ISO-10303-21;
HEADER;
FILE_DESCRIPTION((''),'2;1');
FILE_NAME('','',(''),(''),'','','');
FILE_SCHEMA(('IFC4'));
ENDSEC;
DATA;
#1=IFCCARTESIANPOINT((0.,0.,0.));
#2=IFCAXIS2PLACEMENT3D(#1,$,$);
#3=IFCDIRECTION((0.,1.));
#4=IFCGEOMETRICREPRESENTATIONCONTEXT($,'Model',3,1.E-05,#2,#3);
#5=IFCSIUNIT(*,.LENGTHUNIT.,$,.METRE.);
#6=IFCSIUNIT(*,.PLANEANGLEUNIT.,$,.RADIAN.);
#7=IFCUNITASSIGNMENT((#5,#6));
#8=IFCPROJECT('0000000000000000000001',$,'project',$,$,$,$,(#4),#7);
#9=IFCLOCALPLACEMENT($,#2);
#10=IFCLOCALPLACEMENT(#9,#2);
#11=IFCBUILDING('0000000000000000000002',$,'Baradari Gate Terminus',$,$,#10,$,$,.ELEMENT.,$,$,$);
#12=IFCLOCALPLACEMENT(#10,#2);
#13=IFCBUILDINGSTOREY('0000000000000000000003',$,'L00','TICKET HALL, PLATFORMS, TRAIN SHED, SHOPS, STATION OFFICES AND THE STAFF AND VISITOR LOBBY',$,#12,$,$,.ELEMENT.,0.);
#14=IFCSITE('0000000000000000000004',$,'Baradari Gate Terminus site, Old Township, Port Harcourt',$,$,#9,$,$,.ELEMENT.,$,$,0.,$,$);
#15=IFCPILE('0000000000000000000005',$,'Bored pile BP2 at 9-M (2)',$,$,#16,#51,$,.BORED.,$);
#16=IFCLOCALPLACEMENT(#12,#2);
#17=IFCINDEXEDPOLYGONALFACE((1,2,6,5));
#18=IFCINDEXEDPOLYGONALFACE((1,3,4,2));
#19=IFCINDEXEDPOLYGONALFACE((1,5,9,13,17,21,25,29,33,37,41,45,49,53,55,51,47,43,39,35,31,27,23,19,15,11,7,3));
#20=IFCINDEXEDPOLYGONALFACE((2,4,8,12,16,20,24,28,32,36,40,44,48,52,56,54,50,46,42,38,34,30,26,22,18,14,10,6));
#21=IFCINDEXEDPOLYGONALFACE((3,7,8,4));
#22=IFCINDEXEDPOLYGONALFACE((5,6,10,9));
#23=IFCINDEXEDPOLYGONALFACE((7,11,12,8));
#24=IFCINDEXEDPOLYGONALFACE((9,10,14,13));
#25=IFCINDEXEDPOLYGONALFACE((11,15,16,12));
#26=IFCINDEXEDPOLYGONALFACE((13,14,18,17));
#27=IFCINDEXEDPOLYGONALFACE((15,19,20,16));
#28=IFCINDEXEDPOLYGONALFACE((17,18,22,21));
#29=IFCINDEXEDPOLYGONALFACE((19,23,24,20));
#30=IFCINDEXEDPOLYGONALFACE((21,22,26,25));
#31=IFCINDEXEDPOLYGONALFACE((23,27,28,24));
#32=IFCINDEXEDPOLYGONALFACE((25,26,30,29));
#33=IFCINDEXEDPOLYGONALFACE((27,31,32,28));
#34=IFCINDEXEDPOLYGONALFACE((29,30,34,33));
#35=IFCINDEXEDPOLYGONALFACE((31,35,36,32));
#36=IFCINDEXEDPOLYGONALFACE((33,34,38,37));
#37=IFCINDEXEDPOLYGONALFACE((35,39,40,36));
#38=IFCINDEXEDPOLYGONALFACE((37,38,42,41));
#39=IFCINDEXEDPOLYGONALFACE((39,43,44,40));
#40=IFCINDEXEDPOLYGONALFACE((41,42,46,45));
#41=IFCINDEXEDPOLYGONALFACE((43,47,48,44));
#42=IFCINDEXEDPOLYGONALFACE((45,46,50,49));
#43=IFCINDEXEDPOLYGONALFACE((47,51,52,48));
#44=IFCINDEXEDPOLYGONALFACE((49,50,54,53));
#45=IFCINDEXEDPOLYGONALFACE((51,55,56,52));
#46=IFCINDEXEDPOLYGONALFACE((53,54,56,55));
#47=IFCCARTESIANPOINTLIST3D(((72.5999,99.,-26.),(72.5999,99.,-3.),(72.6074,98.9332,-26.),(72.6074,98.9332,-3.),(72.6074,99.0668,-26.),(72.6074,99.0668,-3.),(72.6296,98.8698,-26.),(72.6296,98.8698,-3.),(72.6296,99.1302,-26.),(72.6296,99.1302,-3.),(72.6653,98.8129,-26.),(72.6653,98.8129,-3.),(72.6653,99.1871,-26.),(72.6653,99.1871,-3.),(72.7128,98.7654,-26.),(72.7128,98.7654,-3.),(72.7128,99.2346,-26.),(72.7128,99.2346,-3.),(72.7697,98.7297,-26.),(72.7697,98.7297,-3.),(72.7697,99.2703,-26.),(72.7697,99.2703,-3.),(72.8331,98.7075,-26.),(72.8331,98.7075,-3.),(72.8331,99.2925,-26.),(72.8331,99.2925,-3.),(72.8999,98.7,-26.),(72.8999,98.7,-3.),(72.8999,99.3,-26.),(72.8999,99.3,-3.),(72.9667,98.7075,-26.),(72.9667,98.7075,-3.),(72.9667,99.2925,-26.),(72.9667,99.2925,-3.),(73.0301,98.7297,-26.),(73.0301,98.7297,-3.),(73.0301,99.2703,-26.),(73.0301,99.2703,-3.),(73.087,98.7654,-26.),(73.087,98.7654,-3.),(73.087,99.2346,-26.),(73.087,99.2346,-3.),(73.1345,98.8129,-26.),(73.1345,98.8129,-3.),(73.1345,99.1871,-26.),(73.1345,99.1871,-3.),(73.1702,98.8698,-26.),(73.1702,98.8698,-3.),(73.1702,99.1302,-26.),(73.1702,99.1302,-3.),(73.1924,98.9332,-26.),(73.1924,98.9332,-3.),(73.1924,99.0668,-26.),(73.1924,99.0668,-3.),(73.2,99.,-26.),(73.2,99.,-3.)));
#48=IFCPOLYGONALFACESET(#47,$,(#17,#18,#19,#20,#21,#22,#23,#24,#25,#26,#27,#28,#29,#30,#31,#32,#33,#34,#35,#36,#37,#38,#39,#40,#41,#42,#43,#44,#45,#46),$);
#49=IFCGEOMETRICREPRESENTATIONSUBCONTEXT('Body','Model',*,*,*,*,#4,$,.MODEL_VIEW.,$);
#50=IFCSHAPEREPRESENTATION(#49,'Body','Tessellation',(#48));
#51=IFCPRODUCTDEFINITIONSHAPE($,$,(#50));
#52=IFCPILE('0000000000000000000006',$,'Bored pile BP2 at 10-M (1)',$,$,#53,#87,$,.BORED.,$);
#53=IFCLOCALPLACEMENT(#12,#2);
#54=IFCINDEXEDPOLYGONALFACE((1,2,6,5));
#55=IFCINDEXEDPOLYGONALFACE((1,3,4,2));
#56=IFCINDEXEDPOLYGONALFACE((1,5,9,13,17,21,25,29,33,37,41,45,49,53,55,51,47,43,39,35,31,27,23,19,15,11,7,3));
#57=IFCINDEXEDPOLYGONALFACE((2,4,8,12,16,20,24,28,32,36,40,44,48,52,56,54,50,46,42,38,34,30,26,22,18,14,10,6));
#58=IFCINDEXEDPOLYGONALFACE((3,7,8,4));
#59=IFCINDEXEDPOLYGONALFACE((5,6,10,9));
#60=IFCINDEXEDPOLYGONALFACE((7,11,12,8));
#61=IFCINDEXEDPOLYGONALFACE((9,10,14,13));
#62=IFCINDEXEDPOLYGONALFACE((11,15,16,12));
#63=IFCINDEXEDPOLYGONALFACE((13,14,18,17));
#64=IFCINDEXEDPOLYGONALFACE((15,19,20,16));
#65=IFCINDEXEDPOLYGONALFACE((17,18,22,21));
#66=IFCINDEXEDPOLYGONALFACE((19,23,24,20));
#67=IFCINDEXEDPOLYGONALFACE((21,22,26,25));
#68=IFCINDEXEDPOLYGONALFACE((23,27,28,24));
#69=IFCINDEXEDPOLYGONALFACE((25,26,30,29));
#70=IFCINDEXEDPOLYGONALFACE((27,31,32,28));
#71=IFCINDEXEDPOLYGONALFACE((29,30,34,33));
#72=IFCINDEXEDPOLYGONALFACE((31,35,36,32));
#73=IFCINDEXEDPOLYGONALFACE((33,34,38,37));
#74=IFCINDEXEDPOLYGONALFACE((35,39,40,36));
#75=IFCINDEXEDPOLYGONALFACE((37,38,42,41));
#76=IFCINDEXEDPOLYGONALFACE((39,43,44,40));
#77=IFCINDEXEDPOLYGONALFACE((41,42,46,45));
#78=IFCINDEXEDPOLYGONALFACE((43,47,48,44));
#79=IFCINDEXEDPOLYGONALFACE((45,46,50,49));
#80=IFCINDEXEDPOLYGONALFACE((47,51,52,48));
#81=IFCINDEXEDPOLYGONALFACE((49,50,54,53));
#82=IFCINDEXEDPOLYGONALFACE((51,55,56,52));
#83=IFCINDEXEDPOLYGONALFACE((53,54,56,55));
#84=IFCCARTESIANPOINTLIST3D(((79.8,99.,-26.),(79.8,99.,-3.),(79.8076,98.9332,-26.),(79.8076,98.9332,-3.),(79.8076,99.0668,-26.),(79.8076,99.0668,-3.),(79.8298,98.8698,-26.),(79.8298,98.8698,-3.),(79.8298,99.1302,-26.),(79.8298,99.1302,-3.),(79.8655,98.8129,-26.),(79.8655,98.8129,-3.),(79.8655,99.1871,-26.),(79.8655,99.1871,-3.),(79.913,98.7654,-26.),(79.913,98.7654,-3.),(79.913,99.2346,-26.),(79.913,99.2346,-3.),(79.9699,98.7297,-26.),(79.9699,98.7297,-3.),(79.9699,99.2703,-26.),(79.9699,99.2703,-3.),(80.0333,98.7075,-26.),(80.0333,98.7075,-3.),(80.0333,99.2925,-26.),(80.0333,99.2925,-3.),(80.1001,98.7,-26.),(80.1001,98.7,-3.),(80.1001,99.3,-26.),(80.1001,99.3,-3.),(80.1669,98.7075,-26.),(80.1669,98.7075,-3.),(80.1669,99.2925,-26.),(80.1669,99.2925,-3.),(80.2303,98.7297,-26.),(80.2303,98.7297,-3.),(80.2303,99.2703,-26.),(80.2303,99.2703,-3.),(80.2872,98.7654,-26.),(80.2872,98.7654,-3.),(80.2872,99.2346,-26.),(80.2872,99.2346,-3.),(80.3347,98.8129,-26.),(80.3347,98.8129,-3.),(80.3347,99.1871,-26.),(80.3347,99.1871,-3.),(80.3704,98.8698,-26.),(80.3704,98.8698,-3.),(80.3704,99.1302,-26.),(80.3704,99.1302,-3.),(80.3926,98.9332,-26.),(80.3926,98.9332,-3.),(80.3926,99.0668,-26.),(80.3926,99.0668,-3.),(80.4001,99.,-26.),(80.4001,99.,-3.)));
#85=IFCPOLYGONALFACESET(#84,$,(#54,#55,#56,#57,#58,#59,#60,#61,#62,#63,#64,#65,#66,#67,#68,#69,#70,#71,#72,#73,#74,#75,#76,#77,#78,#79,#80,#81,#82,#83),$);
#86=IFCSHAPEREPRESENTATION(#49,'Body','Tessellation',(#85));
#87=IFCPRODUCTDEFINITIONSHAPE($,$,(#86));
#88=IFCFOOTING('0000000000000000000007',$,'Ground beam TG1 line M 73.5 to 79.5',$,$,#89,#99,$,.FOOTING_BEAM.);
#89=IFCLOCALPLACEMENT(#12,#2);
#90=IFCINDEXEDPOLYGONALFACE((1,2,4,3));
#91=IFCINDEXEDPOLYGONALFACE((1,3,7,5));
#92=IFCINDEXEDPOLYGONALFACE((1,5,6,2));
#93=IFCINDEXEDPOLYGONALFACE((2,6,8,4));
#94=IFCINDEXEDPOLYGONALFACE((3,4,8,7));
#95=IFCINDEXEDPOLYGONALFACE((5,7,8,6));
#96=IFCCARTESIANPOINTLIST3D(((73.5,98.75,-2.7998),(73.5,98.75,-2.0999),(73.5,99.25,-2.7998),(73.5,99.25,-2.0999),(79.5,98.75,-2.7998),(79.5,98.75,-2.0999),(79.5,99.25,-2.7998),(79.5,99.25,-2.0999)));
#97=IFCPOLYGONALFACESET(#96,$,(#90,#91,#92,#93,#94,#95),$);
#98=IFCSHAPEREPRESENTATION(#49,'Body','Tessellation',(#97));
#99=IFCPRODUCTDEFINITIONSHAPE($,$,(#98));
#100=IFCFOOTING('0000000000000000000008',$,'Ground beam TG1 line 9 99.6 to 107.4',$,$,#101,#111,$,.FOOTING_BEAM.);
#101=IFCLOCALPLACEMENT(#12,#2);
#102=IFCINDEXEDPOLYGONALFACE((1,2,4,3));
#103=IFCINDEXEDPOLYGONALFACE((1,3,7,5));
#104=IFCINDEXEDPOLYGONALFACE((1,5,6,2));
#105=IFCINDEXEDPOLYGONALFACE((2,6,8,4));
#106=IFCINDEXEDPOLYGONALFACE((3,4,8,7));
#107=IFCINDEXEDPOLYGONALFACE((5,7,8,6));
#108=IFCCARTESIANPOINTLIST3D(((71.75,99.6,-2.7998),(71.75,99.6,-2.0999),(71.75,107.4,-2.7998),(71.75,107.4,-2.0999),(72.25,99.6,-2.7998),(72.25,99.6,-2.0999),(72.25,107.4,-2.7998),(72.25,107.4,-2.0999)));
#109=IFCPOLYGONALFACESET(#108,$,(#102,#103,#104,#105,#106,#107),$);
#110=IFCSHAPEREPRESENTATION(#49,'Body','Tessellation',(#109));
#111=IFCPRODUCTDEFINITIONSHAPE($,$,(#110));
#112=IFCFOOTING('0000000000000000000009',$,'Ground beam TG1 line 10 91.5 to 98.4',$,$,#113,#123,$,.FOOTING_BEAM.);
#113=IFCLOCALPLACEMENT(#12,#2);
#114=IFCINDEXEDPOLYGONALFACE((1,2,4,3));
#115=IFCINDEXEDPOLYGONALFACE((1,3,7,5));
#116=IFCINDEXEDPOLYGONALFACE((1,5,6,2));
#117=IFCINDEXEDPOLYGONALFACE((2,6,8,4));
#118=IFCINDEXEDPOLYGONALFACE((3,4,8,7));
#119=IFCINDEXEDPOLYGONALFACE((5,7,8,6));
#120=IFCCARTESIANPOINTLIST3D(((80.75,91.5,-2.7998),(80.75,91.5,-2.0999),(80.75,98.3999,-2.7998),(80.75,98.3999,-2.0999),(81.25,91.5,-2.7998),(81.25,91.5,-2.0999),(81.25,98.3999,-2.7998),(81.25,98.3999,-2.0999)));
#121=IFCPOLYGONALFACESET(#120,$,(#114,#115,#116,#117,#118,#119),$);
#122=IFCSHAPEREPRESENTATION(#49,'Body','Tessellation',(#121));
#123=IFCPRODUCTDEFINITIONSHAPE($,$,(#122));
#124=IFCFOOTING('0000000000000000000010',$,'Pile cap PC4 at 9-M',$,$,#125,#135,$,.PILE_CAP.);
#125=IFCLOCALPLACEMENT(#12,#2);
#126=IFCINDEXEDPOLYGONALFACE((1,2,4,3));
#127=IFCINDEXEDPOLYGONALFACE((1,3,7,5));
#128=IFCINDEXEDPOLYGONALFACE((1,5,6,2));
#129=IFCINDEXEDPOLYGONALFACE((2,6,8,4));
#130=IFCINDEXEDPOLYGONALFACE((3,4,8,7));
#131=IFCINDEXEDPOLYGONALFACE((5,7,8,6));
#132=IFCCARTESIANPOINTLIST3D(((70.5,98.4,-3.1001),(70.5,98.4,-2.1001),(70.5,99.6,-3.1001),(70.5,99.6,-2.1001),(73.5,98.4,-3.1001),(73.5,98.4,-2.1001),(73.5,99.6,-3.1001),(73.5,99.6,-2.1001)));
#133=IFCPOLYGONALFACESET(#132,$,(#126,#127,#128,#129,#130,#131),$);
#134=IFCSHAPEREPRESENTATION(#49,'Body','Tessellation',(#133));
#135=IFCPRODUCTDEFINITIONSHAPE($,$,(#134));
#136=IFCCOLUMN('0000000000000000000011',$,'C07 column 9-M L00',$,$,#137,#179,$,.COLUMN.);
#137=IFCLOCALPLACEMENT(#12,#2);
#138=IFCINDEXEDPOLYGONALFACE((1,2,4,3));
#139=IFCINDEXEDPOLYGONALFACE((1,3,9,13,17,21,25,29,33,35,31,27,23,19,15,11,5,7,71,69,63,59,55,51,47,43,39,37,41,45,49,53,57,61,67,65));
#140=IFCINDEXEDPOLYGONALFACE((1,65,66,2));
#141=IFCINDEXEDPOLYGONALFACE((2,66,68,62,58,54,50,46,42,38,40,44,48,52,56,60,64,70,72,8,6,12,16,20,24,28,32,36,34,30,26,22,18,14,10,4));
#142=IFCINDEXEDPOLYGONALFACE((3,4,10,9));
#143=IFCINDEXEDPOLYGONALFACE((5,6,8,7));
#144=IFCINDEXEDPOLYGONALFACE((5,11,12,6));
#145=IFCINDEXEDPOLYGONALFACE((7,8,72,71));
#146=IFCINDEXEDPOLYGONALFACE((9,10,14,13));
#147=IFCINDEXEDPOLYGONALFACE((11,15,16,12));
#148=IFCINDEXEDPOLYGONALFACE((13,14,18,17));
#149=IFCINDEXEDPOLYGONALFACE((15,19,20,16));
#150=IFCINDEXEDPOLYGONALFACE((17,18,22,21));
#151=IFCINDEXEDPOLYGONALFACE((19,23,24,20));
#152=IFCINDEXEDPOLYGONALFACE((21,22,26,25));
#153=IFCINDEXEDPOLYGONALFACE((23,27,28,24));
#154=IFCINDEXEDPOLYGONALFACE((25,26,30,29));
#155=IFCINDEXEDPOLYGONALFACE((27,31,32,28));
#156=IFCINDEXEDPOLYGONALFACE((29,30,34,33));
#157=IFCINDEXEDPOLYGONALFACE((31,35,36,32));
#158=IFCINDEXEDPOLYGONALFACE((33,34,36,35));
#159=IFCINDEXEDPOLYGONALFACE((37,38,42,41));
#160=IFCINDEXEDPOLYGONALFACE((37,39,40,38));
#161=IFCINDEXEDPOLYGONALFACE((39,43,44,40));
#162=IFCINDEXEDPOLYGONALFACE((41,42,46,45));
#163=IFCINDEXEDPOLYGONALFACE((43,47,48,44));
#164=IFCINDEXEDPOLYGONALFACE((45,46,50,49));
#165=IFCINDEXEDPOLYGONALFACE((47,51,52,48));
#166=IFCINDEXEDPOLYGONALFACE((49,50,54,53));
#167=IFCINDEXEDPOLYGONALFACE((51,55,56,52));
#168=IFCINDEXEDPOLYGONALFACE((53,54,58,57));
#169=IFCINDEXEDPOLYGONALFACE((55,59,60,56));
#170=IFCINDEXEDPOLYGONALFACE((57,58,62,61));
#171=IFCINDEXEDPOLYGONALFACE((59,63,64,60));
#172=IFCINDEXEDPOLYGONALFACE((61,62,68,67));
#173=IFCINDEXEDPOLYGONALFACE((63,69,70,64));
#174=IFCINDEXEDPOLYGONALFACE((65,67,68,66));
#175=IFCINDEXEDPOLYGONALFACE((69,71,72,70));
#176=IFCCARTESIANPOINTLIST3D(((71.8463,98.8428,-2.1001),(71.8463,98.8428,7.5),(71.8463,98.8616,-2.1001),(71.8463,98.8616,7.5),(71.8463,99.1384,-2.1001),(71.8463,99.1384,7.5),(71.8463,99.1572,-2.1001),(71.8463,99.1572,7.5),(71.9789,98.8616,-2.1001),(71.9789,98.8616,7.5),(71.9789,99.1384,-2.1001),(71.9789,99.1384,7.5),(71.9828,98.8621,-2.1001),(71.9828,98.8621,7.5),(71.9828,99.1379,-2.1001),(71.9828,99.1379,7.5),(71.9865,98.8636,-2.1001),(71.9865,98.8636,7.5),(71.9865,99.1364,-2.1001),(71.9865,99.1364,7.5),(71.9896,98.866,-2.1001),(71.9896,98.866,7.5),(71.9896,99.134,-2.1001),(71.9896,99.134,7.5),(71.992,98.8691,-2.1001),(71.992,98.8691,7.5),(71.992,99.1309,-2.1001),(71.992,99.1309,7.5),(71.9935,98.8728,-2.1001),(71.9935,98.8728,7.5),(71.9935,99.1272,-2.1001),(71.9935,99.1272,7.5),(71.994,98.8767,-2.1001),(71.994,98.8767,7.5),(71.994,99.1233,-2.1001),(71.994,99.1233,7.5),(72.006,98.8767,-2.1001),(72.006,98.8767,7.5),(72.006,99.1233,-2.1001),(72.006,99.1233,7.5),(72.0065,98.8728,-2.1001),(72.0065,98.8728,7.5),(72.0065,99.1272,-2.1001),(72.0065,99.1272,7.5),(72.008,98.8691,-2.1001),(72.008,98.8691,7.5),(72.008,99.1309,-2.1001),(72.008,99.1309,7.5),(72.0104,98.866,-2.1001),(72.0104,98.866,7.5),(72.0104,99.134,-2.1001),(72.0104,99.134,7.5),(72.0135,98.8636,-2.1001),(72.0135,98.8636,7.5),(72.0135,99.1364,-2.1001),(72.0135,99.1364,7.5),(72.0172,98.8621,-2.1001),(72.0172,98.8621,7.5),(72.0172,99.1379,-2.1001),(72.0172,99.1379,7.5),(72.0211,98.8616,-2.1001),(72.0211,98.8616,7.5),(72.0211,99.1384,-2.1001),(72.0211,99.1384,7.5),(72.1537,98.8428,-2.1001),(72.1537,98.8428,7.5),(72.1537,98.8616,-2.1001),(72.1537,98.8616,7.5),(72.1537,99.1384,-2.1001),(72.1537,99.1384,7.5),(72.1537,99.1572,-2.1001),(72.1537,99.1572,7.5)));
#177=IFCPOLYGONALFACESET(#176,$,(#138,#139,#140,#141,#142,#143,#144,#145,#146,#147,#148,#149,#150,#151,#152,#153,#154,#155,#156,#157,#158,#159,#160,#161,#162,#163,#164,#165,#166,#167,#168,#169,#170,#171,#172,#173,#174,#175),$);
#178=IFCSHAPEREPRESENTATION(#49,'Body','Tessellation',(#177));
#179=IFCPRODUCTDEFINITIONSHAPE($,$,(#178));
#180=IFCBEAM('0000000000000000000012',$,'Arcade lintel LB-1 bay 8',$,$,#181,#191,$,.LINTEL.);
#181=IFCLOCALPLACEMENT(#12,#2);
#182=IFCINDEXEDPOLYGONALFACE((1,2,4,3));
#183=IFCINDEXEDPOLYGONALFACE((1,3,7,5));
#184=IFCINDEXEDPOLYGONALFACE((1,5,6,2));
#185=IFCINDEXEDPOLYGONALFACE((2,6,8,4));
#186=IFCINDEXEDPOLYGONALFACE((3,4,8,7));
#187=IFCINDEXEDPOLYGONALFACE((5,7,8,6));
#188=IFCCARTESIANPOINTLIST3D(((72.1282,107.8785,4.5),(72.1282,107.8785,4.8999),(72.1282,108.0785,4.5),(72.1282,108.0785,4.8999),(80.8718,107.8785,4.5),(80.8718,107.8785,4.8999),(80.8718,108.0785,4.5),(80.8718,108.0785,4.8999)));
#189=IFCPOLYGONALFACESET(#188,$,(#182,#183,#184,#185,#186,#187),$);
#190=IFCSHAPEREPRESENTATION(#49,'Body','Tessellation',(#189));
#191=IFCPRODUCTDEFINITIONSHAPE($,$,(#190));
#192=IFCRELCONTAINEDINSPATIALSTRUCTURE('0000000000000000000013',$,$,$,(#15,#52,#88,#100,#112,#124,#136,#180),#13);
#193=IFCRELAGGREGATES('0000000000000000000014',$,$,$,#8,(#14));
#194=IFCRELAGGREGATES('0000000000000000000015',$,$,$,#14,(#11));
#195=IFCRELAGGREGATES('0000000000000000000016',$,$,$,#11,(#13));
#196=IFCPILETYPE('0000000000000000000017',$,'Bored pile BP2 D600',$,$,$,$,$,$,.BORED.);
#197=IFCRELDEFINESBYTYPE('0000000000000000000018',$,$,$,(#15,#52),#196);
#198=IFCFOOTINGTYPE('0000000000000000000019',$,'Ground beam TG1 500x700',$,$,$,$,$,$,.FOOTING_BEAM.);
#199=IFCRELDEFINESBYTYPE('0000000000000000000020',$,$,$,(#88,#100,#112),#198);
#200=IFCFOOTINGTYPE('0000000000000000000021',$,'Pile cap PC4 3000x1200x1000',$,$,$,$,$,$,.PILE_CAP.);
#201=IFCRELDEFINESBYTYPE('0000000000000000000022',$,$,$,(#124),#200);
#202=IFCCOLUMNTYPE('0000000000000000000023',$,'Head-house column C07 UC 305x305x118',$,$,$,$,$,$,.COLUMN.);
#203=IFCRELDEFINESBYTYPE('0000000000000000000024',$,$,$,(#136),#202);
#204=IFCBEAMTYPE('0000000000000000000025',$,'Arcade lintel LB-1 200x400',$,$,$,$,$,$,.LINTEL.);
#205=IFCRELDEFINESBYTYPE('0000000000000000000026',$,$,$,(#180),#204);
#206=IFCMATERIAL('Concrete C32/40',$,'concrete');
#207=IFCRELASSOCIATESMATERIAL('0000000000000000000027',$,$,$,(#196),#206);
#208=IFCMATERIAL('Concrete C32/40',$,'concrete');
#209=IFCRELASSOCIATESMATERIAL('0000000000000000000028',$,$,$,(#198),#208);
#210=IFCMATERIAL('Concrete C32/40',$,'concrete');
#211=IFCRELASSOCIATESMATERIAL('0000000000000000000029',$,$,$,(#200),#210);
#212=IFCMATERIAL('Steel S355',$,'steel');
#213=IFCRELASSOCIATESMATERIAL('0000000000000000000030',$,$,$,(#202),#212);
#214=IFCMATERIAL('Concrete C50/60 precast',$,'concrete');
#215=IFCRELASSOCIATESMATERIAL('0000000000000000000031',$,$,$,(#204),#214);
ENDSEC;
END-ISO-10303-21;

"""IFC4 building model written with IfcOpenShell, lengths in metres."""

from ifc_helpers import new_model, si_unit, direction, frame, origin, origin_2d, place, context, subcontext, project, spatial, rectangle, circle, i_section, extrude, material, material_profile, profile_set, type_object, element, save


model = new_model("IFC4")

# Units and contexts
model_context = context("Model", 3, precision=1e-05, world=origin(), true_north=direction((0.0, 1.0)))
body_context = subcontext(model_context, "Body", "Model", "MODEL_VIEW")
ifc_project = project(units=[si_unit("LENGTHUNIT", "METRE"), si_unit("PLANEANGLEUNIT", "RADIAN")], contexts=[model_context])

# Site, building, storey
site_placement = place(None, origin())
site = spatial("IfcSite", under=ifc_project, at=site_placement, Name="Baradari Gate Terminus site, Old Township, Port Harcourt", CompositionType="ELEMENT", RefElevation=0.0)
building_placement = place(site_placement, origin())
building = spatial("IfcBuilding", under=site, at=building_placement, Name="Baradari Gate Terminus", CompositionType="ELEMENT")
storey_placement = place(building_placement, origin())
storey = spatial("IfcBuildingStorey", under=building, at=storey_placement, Name="L00", Description="TICKET HALL, PLATFORMS, TRAIN SHED, SHOPS, STATION OFFICES AND THE STAFF AND VISITOR LOBBY", CompositionType="ELEMENT", Elevation=0.0)

# Piles
ifc_material_1 = material(Name="Concrete C32/40", Category="concrete")
pile_type = type_object("IfcPileType", Name="Bored pile BP2 D600", PredefinedType="BORED", material=ifc_material_1)
for number, where, z_axis, x_axis, name in (
    (1, (72.8999, 99.0, -3.0), (0.0, 0.0, -1.0), (1.0, 0.0, 0.0), "Bored pile BP2 at 9-M (2)"),
    (2, (80.1001, 99.0, -3.0), (0.0, 0.0, -1.0), (1.0, 0.0, 0.0), "Bored pile BP2 at 10-M (1)"),
):
    element("IfcPile", number, at=place(storey_placement, frame(where, z_axis=z_axis, x_axis=x_axis)), inside=storey, type_object=pile_type, Name=name, PredefinedType="BORED", context=body_context, shape_type="SweptSolid", body=[
        extrude(circle(Radius=0.3, at=origin_2d()), origin(), (0.0, 0.0, 1.0), 23.0),
    ])

# Footings
ifc_material_2 = material(Name="Concrete C32/40", Category="concrete")
footing_type_1 = type_object("IfcFootingType", Name="Ground beam TG1 500x700", PredefinedType="FOOTING_BEAM", material=ifc_material_2)
footing_1_placement = place(storey_placement, frame((76.5, 99.0, -2.7998), z_axis=(0.0, 0.0, 1.0), x_axis=(1.0, 0.0, 0.0)))
element("IfcFooting", 3, at=footing_1_placement, inside=storey, type_object=footing_type_1, Name="Ground beam TG1 line M 73.5 to 79.5", PredefinedType="FOOTING_BEAM", context=body_context, shape_type="SweptSolid", body=[
    extrude(rectangle(XDim=6.0, YDim=0.5, at=origin_2d()), origin(), (0.0, 0.0, 1.0), 0.7),
])
footing_2_placement = place(storey_placement, frame((72.0, 103.5, -2.7998), z_axis=(0.0, 0.0, 1.0), x_axis=(1.0, 0.0, 0.0)))
element("IfcFooting", 4, at=footing_2_placement, inside=storey, type_object=footing_type_1, Name="Ground beam TG1 line 9 99.6 to 107.4", PredefinedType="FOOTING_BEAM", context=body_context, shape_type="SweptSolid", body=[
    extrude(rectangle(XDim=0.5, YDim=7.8, at=origin_2d()), origin(), (0.0, 0.0, 1.0), 0.7),
])
footing_3_placement = place(storey_placement, frame((81.0, 94.95, -2.7998), z_axis=(0.0, 0.0, 1.0), x_axis=(1.0, 0.0, 0.0)))
element("IfcFooting", 5, at=footing_3_placement, inside=storey, type_object=footing_type_1, Name="Ground beam TG1 line 10 91.5 to 98.4", PredefinedType="FOOTING_BEAM", context=body_context, shape_type="SweptSolid", body=[
    extrude(rectangle(XDim=0.5, YDim=6.8999, at=origin_2d()), origin(), (0.0, 0.0, 1.0), 0.7),
])
ifc_material_3 = material(Name="Concrete C32/40", Category="concrete")
footing_type_2 = type_object("IfcFootingType", Name="Pile cap PC4 3000x1200x1000", PredefinedType="PILE_CAP", material=ifc_material_3)
footing_4_placement = place(storey_placement, frame((72.0, 99.0, -3.1001), z_axis=(0.0, 0.0, 1.0), x_axis=(1.0, 0.0, 0.0)))
element("IfcFooting", 6, at=footing_4_placement, inside=storey, type_object=footing_type_2, Name="Pile cap PC4 at 9-M", PredefinedType="PILE_CAP", context=body_context, shape_type="SweptSolid", body=[
    extrude(rectangle(XDim=3.0, YDim=1.2, at=origin_2d()), origin(), (0.0, 0.0, 1.0), 1.0),
])

# Column
ifc_material_4 = material(Name="Steel S355", Category="steel")
ifc_material_profile_1 = material_profile(ifc_material_4, i_section(OverallWidth=0.3074, OverallDepth=0.3145, WebThickness=0.012, FlangeThickness=0.0188, FilletRadius=0.0151, at=origin_2d()), Name="UC 305x305x118")
ifc_profile_set_1 = profile_set([ifc_material_profile_1], Name="Steel S355")
column_type = type_object("IfcColumnType", Name="Head-house column C07 UC 305x305x118", PredefinedType="COLUMN", material=ifc_profile_set_1)
column_placement = place(storey_placement, frame((72.0, 99.0, -2.1001), z_axis=(0.0, 0.0, 1.0), x_axis=(1.0, 0.0, 0.0)))
element("IfcColumn", 7, at=column_placement, inside=storey, type_object=column_type, Name="C07 column 9-M L00", PredefinedType="COLUMN", context=body_context, shape_type="SweptSolid", body=[
    extrude(i_section(OverallWidth=0.3074, OverallDepth=0.3145, WebThickness=0.012, FlangeThickness=0.0188, FilletRadius=0.0151, at=origin_2d()), origin(), (0.0, 0.0, 1.0), 9.6001),
])

# Beam
ifc_material_5 = material(Name="Concrete C50/60 precast", Category="concrete")
ifc_material_profile_2 = material_profile(ifc_material_5, rectangle(XDim=0.2, YDim=0.3999, at=origin_2d()), Name="LB-1 200X400")
ifc_profile_set_2 = profile_set([ifc_material_profile_2], Name="Concrete C50/60 precast")
beam_type = type_object("IfcBeamType", Name="Arcade lintel LB-1 200x400", PredefinedType="LINTEL", material=ifc_profile_set_2)
beam_placement = place(storey_placement, frame((72.1282, 107.9785, 4.7), z_axis=(1.0, 0.0, 0.0), x_axis=(0.0, 1.0, 0.0)))
element("IfcBeam", 8, at=beam_placement, inside=storey, type_object=beam_type, Name="Arcade lintel LB-1 bay 8", PredefinedType="LINTEL", context=body_context, shape_type="SweptSolid", body=[
    extrude(rectangle(XDim=0.2, YDim=0.3999, at=origin_2d()), origin(), (0.0, 0.0, 1.0), 8.7437),
])

save(model, "model.ifc")
